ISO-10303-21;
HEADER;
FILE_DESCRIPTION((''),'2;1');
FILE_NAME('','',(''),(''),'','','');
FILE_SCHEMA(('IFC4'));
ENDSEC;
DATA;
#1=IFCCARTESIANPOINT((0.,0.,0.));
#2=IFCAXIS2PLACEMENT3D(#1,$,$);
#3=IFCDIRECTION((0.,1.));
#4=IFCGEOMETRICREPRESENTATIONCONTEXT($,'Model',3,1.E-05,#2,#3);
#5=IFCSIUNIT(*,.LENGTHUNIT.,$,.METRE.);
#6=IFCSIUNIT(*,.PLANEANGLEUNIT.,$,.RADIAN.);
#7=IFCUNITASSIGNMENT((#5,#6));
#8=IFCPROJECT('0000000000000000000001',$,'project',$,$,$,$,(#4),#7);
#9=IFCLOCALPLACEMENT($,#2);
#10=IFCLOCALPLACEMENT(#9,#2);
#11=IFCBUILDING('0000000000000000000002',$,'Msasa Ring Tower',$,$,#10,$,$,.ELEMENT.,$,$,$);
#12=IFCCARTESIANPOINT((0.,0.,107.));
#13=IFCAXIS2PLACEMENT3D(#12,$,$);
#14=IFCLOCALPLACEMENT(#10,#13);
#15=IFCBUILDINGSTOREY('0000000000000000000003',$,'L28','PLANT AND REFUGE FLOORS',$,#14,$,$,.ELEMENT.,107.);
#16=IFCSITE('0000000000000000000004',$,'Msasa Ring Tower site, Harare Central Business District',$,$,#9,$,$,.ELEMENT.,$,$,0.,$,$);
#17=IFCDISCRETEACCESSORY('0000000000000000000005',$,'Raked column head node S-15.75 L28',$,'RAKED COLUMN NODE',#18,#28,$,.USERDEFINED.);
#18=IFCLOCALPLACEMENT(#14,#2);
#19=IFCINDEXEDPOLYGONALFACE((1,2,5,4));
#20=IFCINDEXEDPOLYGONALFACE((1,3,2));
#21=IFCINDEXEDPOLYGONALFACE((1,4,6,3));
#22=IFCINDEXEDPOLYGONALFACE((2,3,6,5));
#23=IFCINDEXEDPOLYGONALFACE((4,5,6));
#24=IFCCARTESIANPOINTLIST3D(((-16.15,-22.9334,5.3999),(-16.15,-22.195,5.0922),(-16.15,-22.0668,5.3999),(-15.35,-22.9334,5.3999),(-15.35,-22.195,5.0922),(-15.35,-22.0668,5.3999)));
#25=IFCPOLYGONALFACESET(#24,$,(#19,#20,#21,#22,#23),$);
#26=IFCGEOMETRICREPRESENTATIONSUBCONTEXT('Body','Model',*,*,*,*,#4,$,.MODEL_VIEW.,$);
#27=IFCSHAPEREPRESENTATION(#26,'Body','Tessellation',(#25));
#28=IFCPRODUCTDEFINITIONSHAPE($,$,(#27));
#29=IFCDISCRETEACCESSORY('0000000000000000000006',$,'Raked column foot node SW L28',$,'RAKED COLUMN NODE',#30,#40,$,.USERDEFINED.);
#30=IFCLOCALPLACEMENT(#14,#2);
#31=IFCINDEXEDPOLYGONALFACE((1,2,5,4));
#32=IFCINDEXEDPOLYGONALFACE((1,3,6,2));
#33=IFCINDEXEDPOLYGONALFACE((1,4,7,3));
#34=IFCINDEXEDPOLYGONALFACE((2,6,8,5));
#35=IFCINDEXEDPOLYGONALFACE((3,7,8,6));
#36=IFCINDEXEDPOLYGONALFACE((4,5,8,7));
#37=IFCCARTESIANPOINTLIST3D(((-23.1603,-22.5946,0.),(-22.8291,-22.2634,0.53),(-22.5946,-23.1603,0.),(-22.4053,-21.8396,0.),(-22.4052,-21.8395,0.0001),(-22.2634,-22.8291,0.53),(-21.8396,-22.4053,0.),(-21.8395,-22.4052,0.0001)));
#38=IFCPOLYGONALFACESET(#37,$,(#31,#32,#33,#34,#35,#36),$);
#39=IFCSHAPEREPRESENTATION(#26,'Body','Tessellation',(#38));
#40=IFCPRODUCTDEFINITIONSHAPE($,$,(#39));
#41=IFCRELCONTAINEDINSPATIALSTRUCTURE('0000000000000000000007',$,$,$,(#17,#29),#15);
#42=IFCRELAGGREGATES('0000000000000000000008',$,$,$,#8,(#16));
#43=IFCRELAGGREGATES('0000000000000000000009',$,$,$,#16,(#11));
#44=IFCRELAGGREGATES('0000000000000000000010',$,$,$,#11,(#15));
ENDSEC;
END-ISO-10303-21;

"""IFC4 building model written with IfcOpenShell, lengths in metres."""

from ifc_helpers import new_model, si_unit, direction, frame, origin, origin_2d, place, context, subcontext, project, spatial, rectangle, extrude, clip, halfspace, element, save


model = new_model("IFC4")

# Units and contexts
model_context = context("Model", 3, precision=1e-05, world=origin(), true_north=direction((0.0, 1.0)))
body_context = subcontext(model_context, "Body", "Model", "MODEL_VIEW")
ifc_project = project(units=[si_unit("LENGTHUNIT", "METRE"), si_unit("PLANEANGLEUNIT", "RADIAN")], contexts=[model_context])

# Site, building, storey
site_placement = place(None, origin())
site = spatial("IfcSite", under=ifc_project, at=site_placement, Name="Msasa Ring Tower site, Harare Central Business District", CompositionType="ELEMENT", RefElevation=0.0)
building_placement = place(site_placement, origin())
building = spatial("IfcBuilding", under=site, at=building_placement, Name="Msasa Ring Tower", CompositionType="ELEMENT")
storey_placement = place(building_placement, frame((0.0, 0.0, 107.0)))
storey = spatial("IfcBuildingStorey", under=building, at=storey_placement, Name="L28", Description="PLANT AND REFUGE FLOORS", CompositionType="ELEMENT", Elevation=107.0)

# Discrete accessories
discrete_accessory_1_placement = place(storey_placement, frame((-15.75, -22.5, 5.3999)))
element("IfcDiscreteAccessory", 1, at=discrete_accessory_1_placement, inside=storey, Name="Raked column head node S-15.75 L28", ObjectType="RAKED COLUMN NODE", PredefinedType="USERDEFINED", context=body_context, shape_type="Clipping", body=[
    clip(extrude(rectangle(XDim=0.8, YDim=0.8, at=origin_2d()), frame((0.0, -0.0642, -0.1538), z_axis=(0.0, 0.384615, 0.923077), x_axis=(0.0, -0.923077, 0.384615)), (0.0, 0.0, 1.0), 0.3335), halfspace(frame((0.0, 0.0, 0.0), z_axis=(0.0, 0.0, -1.0)), True)),
])
discrete_accessory_2_placement = place(storey_placement, frame((-22.5, -22.5, 0.0)))
element("IfcDiscreteAccessory", 2, at=discrete_accessory_2_placement, inside=storey, Name="Raked column foot node SW L28", ObjectType="RAKED COLUMN NODE", PredefinedType="USERDEFINED", context=body_context, shape_type="Clipping", body=[
    clip(extrude(rectangle(XDim=0.8, YDim=0.8, at=origin_2d()), frame((-0.1655, -0.1655, -0.2649), z_axis=(0.468293, 0.468293, 0.749269), x_axis=(-0.707107, 0.707107, 0.0)), (0.0, 0.0, 1.0), 0.7073), halfspace(frame((0.0, 0.0, 0.0), z_axis=(0.0, 0.0, 1.0)), True)),
])

save(model, "model.ifc")
